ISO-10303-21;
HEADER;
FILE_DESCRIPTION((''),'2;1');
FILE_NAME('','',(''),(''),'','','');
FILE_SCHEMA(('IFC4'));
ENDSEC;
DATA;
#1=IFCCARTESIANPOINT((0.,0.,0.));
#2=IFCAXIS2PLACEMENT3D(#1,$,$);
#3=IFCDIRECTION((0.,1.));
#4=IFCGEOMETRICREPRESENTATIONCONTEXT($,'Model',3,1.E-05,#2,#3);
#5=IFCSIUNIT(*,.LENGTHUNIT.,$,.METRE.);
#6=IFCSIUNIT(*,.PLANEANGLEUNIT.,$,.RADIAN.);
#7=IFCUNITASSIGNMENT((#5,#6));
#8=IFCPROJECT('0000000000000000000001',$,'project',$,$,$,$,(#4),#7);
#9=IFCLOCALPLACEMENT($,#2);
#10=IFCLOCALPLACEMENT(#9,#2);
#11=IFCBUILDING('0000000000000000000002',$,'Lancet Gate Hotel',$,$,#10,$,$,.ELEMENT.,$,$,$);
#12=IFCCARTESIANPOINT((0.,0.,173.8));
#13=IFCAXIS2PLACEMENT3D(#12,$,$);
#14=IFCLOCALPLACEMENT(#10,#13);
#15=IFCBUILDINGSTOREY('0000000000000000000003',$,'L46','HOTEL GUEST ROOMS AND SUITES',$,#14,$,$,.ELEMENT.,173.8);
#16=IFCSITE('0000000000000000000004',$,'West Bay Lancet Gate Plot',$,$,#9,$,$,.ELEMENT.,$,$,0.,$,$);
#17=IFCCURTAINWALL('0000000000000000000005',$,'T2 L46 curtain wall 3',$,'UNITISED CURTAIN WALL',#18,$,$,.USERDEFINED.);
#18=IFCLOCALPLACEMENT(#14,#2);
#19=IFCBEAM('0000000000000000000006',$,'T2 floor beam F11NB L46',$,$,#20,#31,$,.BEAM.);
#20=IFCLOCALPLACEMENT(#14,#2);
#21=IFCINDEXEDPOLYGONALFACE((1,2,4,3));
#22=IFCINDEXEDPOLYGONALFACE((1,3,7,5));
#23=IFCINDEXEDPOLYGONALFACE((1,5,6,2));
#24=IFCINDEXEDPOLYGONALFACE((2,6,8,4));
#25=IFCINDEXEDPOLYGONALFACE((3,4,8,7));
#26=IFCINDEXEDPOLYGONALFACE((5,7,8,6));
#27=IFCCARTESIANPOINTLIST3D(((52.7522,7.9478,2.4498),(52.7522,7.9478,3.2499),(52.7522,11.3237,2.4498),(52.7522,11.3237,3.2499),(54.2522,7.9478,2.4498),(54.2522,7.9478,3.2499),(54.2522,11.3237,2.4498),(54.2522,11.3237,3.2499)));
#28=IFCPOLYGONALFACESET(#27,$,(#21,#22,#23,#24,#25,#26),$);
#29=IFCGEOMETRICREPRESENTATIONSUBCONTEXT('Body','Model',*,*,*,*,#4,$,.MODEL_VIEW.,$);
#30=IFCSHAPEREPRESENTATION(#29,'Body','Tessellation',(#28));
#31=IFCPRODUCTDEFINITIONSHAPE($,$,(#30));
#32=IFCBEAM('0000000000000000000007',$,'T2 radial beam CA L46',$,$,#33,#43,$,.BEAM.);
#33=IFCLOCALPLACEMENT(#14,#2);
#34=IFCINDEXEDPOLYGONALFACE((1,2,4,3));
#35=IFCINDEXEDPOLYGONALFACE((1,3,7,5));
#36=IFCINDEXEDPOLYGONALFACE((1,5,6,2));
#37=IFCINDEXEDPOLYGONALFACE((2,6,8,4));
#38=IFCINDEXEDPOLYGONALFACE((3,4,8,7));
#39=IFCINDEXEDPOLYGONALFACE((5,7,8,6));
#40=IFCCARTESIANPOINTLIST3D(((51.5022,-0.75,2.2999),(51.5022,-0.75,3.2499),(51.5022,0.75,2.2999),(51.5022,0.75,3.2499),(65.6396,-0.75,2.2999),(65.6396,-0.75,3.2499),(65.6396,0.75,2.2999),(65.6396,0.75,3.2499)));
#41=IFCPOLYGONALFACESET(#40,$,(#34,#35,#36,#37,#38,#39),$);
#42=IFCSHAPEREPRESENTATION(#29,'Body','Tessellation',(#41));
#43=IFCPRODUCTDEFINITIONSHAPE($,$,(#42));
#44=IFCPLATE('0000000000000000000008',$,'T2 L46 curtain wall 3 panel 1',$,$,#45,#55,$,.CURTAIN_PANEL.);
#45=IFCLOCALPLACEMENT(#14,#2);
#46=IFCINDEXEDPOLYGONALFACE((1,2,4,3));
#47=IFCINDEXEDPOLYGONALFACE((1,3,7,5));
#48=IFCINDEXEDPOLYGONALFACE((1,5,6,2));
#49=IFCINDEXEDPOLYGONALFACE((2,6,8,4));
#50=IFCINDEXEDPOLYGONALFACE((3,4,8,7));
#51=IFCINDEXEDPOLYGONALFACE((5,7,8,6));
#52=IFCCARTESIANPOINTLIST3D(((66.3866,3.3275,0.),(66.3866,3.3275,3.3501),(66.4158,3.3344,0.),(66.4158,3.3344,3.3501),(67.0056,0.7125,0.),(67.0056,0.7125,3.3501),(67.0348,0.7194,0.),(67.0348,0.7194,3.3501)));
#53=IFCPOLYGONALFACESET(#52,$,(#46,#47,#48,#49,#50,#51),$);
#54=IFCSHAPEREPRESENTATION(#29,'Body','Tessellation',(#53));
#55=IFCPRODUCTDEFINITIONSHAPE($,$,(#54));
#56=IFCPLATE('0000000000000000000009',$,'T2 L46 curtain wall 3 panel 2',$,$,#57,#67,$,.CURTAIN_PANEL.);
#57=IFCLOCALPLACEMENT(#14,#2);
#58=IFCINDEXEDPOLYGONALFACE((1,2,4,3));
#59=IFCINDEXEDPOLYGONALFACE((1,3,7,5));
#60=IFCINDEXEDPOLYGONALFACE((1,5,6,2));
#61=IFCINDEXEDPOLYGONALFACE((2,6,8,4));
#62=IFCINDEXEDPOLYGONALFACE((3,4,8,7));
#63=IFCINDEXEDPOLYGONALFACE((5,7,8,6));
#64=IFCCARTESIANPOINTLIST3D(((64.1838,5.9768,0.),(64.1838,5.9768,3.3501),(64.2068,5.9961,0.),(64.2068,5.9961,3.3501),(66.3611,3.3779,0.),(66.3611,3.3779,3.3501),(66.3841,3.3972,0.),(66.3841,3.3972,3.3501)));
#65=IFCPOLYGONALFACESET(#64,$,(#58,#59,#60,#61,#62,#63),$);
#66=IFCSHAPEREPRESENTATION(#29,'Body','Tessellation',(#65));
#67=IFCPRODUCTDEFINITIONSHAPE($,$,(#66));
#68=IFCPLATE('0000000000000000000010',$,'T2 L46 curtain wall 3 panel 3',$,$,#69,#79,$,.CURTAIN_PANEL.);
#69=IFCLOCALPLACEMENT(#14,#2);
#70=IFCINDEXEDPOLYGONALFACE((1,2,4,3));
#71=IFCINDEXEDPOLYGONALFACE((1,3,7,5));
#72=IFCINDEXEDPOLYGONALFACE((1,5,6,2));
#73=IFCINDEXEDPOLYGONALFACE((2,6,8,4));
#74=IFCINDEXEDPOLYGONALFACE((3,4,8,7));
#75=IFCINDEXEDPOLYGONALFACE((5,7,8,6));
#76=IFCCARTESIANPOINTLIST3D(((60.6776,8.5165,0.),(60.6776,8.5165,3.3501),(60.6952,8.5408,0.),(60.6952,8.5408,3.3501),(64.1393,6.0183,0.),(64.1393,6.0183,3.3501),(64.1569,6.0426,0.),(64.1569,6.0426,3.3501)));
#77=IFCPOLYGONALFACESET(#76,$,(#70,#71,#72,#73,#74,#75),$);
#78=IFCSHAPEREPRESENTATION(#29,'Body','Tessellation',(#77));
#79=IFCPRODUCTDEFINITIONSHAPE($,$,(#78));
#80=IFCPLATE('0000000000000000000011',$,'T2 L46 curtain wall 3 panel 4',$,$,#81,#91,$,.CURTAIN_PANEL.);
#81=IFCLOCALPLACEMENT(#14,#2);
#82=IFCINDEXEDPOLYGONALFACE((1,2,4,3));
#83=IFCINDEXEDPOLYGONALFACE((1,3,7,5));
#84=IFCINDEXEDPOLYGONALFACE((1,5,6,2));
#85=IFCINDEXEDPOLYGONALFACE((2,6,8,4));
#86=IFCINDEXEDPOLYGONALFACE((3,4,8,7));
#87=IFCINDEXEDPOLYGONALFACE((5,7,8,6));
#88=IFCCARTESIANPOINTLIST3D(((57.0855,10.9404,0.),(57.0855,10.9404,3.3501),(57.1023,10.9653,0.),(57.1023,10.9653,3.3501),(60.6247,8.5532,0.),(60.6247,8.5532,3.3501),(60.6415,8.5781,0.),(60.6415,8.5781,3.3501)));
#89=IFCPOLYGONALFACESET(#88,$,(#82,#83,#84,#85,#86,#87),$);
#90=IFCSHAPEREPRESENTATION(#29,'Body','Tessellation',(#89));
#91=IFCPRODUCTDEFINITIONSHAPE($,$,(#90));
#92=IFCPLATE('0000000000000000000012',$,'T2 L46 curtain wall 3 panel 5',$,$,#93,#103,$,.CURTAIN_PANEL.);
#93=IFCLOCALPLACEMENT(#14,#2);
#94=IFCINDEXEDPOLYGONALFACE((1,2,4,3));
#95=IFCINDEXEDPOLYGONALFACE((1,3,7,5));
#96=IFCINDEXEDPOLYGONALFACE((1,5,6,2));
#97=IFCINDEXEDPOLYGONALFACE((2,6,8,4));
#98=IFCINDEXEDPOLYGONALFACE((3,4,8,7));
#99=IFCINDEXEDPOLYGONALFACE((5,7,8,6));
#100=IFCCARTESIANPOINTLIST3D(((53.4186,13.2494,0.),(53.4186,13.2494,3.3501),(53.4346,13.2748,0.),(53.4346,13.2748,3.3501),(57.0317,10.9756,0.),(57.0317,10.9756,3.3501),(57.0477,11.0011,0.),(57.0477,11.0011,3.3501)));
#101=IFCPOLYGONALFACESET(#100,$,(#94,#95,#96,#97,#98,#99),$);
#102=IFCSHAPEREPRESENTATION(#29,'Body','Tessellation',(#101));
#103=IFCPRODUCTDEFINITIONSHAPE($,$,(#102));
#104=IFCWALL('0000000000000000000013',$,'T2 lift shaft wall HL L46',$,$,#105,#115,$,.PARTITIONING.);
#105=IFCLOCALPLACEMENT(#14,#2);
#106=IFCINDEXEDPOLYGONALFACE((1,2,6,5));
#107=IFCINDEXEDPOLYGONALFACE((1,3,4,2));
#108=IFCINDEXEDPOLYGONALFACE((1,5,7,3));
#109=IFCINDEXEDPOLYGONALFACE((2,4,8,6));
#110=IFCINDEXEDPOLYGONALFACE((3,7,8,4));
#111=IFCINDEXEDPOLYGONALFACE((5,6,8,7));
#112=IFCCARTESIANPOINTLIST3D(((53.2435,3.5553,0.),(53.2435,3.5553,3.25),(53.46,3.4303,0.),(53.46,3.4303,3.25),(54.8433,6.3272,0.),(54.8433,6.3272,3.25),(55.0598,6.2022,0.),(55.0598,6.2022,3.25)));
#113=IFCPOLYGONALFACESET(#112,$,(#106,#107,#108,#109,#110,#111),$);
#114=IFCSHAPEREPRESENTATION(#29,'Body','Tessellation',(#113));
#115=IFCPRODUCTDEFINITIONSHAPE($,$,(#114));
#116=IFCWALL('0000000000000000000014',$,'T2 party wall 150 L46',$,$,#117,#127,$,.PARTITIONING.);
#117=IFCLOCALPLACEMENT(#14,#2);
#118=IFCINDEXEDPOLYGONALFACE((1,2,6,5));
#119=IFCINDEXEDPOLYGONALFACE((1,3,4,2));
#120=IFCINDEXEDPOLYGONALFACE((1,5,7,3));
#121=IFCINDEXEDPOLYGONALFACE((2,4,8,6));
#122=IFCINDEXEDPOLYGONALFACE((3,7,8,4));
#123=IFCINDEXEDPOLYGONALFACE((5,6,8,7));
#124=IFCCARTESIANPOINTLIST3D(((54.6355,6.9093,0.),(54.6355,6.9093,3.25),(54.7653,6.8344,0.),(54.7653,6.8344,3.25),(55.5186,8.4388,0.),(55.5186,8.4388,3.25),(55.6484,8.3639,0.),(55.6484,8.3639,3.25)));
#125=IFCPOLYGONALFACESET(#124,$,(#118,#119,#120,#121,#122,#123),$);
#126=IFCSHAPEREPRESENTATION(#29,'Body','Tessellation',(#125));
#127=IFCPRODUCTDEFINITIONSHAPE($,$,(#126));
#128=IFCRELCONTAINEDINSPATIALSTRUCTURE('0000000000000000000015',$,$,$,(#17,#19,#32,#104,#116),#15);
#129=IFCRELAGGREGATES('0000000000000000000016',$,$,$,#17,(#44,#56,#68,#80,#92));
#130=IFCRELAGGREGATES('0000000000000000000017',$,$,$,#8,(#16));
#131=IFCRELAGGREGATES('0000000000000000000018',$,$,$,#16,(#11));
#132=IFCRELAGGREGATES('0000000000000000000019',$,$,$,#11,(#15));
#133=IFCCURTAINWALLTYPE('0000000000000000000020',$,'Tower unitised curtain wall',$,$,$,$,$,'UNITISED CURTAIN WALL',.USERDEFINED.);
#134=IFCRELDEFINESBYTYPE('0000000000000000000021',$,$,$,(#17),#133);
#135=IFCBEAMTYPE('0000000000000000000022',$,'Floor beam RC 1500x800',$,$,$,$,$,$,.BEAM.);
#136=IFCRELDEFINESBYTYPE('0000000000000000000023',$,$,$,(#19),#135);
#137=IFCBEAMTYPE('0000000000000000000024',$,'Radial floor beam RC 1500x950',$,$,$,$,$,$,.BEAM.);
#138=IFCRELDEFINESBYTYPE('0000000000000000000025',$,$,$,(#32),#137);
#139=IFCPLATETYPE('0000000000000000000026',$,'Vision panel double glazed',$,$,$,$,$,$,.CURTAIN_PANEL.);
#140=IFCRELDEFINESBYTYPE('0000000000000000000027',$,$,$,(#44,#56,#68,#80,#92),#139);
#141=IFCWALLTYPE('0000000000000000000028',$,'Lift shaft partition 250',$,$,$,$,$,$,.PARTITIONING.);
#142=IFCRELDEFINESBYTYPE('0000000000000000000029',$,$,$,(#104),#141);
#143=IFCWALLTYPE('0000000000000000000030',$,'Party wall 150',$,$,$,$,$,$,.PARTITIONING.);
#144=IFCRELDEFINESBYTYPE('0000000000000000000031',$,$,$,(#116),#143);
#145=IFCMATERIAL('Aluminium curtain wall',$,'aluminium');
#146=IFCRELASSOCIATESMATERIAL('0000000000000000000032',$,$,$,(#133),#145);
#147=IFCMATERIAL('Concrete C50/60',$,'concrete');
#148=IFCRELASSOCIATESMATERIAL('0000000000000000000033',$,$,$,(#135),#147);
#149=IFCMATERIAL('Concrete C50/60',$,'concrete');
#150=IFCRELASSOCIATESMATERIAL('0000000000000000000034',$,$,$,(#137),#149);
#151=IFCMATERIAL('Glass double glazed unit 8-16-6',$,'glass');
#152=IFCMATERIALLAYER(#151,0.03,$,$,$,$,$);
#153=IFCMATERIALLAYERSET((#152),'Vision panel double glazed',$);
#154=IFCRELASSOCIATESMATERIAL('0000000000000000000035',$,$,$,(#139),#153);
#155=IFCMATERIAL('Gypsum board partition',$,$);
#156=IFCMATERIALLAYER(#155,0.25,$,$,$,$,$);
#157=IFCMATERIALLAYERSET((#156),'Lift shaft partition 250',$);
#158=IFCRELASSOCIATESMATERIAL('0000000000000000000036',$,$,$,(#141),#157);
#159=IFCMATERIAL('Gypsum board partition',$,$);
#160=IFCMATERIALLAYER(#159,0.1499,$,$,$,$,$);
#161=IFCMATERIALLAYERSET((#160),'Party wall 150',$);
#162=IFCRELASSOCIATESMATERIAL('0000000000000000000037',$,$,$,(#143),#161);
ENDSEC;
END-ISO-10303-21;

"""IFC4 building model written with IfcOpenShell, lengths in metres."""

from ifc_helpers import new_model, si_unit, direction, frame, frame_2d, origin, origin_2d, place, context, subcontext, project, spatial, rectangle, extrude, material, layer, layer_set, material_profile, profile_set, type_object, element, aggregate, save


model = new_model("IFC4")

# Units and contexts
model_context = context("Model", 3, precision=1e-05, world=origin(), true_north=direction((0.0, 1.0)))
body_context = subcontext(model_context, "Body", "Model", "MODEL_VIEW")
ifc_project = project(units=[si_unit("LENGTHUNIT", "METRE"), si_unit("PLANEANGLEUNIT", "RADIAN")], contexts=[model_context])

# Site, building, storey
site_placement = place(None, origin())
site = spatial("IfcSite", under=ifc_project, at=site_placement, Name="West Bay Lancet Gate Plot", CompositionType="ELEMENT", RefElevation=0.0)
building_placement = place(site_placement, origin())
building = spatial("IfcBuilding", under=site, at=building_placement, Name="Lancet Gate Hotel", CompositionType="ELEMENT")
storey_placement = place(building_placement, frame((0.0, 0.0, 173.8)))
storey = spatial("IfcBuildingStorey", under=building, at=storey_placement, Name="L46", Description="HOTEL GUEST ROOMS AND SUITES", CompositionType="ELEMENT", Elevation=173.8)

# Curtain wall
ifc_material_1 = material(Name="Aluminium curtain wall", Category="aluminium")
curtain_wall_type = type_object("IfcCurtainWallType", Name="Tower unitised curtain wall", ElementType="UNITISED CURTAIN WALL", PredefinedType="USERDEFINED", material=ifc_material_1)
curtain_wall_placement = place(storey_placement, origin())
curtain_wall = element("IfcCurtainWall", 1, at=curtain_wall_placement, inside=storey, type_object=curtain_wall_type, Name="T2 L46 curtain wall 3", ObjectType="UNITISED CURTAIN WALL", PredefinedType="USERDEFINED")

# Beams
ifc_material_2 = material(Name="Concrete C50/60", Category="concrete")
ifc_material_profile_1 = material_profile(ifc_material_2, rectangle(XDim=1.5, YDim=0.8, at=origin_2d()), Name="RC 1500x800")
ifc_profile_set_1 = profile_set([ifc_material_profile_1], Name="Concrete C50/60")
beam_type_1 = type_object("IfcBeamType", Name="Floor beam RC 1500x800", PredefinedType="BEAM", material=ifc_profile_set_1)
beam_1_placement = place(storey_placement, frame((53.5022, 7.9478, 2.8499), z_axis=(0.0, 1.0, 0.0), x_axis=(-1.0, 0.0, 0.0)))
element("IfcBeam", 2, at=beam_1_placement, inside=storey, type_object=beam_type_1, Name="T2 floor beam F11NB L46", PredefinedType="BEAM", context=body_context, shape_type="SweptSolid", body=[
    extrude(rectangle(XDim=1.5, YDim=0.8, at=origin_2d()), origin(), (0.0, 0.0, 1.0), 3.376),
])
ifc_material_3 = material(Name="Concrete C50/60", Category="concrete")
ifc_material_profile_2 = material_profile(ifc_material_3, rectangle(XDim=1.5, YDim=0.95, at=origin_2d()), Name="RC 1500x950")
ifc_profile_set_2 = profile_set([ifc_material_profile_2], Name="Concrete C50/60")
beam_type_2 = type_object("IfcBeamType", Name="Radial floor beam RC 1500x950", PredefinedType="BEAM", material=ifc_profile_set_2)
beam_2_placement = place(storey_placement, frame((65.6396, 0.0, 2.7749), z_axis=(-1.0, 0.0, 0.0), x_axis=(0.0, -1.0, 0.0)))
element("IfcBeam", 3, at=beam_2_placement, inside=storey, type_object=beam_type_2, Name="T2 radial beam CA L46", PredefinedType="BEAM", context=body_context, shape_type="SweptSolid", body=[
    extrude(rectangle(XDim=1.5, YDim=0.95, at=origin_2d()), origin(), (0.0, 0.0, 1.0), 14.1375),
])

# Plates
ifc_material_4 = material(Name="Glass double glazed unit 8-16-6", Category="glass")
ifc_layer_1 = layer(ifc_material_4, 0.03)
ifc_layer_set_1 = layer_set([ifc_layer_1], Name="Vision panel double glazed")
plate_type = type_object("IfcPlateType", Name="Vision panel double glazed", PredefinedType="CURTAIN_PANEL", material=ifc_layer_set_1)
plate_1_placement = place(storey_placement, frame((66.7107, 2.0234, 0.0), z_axis=(0.0, 0.0, 1.0), x_axis=(-0.230367, 0.973104, 0.0)))
plate_1 = element("IfcPlate", 4, at=plate_1_placement, type_object=plate_type, Name="T2 L46 curtain wall 3 panel 1", PredefinedType="CURTAIN_PANEL", context=body_context, shape_type="SweptSolid", body=[
    extrude(rectangle(XDim=2.6873, YDim=0.03, at=origin_2d()), origin(), (0.0, 0.0, 1.0), 3.3501),
])
plate_2_placement = place(storey_placement, frame((65.2839, 4.687, 0.0), z_axis=(0.0, 0.0, 1.0), x_axis=(-0.642199, 0.766538, 0.0)))
plate_2 = element("IfcPlate", 5, at=plate_2_placement, type_object=plate_type, Name="T2 L46 curtain wall 3 panel 2", PredefinedType="CURTAIN_PANEL", context=body_context, shape_type="SweptSolid", body=[
    extrude(rectangle(XDim=3.3904, YDim=0.03, at=origin_2d()), origin(), (0.0, 0.0, 1.0), 3.3501),
])
plate_3_placement = place(storey_placement, frame((62.4172, 7.2795, 0.0), z_axis=(0.0, 0.0, 1.0), x_axis=(-0.810891, 0.585197, 0.0)))
plate_3 = element("IfcPlate", 6, at=plate_3_placement, type_object=plate_type, Name="T2 L46 curtain wall 3 panel 3", PredefinedType="CURTAIN_PANEL", context=body_context, shape_type="SweptSolid", body=[
    extrude(rectangle(XDim=4.269, YDim=0.03, at=origin_2d()), origin(), (0.0, 0.0, 1.0), 3.3501),
])
plate_4_placement = place(storey_placement, frame((58.8635, 9.7593, 0.0), z_axis=(0.0, 0.0, 1.0), x_axis=(-0.829039, 0.559191, 0.0)))
plate_4 = element("IfcPlate", 7, at=plate_4_placement, type_object=plate_type, Name="T2 L46 curtain wall 3 panel 4", PredefinedType="CURTAIN_PANEL", context=body_context, shape_type="SweptSolid", body=[
    extrude(rectangle(XDim=4.269, YDim=0.03, at=origin_2d()), origin(), (0.0, 0.0, 1.0), 3.3501),
])
plate_5_placement = place(storey_placement, frame((55.2332, 12.1252, 0.0), z_axis=(0.0, 0.0, 1.0), x_axis=(-0.846352, 0.532623, 0.0)))
plate_5 = element("IfcPlate", 8, at=plate_5_placement, type_object=plate_type, Name="T2 L46 curtain wall 3 panel 5", PredefinedType="CURTAIN_PANEL", context=body_context, shape_type="SweptSolid", body=[
    extrude(rectangle(XDim=4.269, YDim=0.03, at=origin_2d()), origin(), (0.0, 0.0, 1.0), 3.3501),
])
aggregate(curtain_wall, [plate_1, plate_2, plate_3, plate_4, plate_5])

# Walls
ifc_material_5 = material(Name="Gypsum board partition")
ifc_layer_2 = layer(ifc_material_5, 0.25)
ifc_layer_set_2 = layer_set([ifc_layer_2], Name="Lift shaft partition 250")
wall_type_1 = type_object("IfcWallType", Name="Lift shaft partition 250", PredefinedType="PARTITIONING", material=ifc_layer_set_2)
wall_1_placement = place(storey_placement, frame((53.3518, 3.4929, 0.0), z_axis=(0.0, 0.0, 1.0), x_axis=(0.499872, 0.866099, 0.0)))
element("IfcWall", 9, at=wall_1_placement, inside=storey, type_object=wall_type_1, Name="T2 lift shaft wall HL L46", PredefinedType="PARTITIONING", context=body_context, shape_type="SweptSolid", body=[
    extrude(rectangle(XDim=3.2004, YDim=0.25, at=frame_2d((1.6001, 0.0))), origin(), (0.0, 0.0, 1.0), 3.25),
])
ifc_material_6 = material(Name="Gypsum board partition")
ifc_layer_3 = layer(ifc_material_6, 0.1499)
ifc_layer_set_3 = layer_set([ifc_layer_3], Name="Party wall 150")
wall_type_2 = type_object("IfcWallType", Name="Party wall 150", PredefinedType="PARTITIONING", material=ifc_layer_set_3)
wall_2_placement = place(storey_placement, frame((54.7004, 6.8718, 0.0), z_axis=(0.0, 0.0, 1.0), x_axis=(0.49999, 0.866031, 0.0)))
element("IfcWall", 10, at=wall_2_placement, inside=storey, type_object=wall_type_2, Name="T2 party wall 150 L46", PredefinedType="PARTITIONING", context=body_context, shape_type="SweptSolid", body=[
    extrude(rectangle(XDim=1.7661, YDim=0.1499, at=frame_2d((0.8831, 0.0))), origin(), (0.0, 0.0, 1.0), 3.25),
])

save(model, "model.ifc")
